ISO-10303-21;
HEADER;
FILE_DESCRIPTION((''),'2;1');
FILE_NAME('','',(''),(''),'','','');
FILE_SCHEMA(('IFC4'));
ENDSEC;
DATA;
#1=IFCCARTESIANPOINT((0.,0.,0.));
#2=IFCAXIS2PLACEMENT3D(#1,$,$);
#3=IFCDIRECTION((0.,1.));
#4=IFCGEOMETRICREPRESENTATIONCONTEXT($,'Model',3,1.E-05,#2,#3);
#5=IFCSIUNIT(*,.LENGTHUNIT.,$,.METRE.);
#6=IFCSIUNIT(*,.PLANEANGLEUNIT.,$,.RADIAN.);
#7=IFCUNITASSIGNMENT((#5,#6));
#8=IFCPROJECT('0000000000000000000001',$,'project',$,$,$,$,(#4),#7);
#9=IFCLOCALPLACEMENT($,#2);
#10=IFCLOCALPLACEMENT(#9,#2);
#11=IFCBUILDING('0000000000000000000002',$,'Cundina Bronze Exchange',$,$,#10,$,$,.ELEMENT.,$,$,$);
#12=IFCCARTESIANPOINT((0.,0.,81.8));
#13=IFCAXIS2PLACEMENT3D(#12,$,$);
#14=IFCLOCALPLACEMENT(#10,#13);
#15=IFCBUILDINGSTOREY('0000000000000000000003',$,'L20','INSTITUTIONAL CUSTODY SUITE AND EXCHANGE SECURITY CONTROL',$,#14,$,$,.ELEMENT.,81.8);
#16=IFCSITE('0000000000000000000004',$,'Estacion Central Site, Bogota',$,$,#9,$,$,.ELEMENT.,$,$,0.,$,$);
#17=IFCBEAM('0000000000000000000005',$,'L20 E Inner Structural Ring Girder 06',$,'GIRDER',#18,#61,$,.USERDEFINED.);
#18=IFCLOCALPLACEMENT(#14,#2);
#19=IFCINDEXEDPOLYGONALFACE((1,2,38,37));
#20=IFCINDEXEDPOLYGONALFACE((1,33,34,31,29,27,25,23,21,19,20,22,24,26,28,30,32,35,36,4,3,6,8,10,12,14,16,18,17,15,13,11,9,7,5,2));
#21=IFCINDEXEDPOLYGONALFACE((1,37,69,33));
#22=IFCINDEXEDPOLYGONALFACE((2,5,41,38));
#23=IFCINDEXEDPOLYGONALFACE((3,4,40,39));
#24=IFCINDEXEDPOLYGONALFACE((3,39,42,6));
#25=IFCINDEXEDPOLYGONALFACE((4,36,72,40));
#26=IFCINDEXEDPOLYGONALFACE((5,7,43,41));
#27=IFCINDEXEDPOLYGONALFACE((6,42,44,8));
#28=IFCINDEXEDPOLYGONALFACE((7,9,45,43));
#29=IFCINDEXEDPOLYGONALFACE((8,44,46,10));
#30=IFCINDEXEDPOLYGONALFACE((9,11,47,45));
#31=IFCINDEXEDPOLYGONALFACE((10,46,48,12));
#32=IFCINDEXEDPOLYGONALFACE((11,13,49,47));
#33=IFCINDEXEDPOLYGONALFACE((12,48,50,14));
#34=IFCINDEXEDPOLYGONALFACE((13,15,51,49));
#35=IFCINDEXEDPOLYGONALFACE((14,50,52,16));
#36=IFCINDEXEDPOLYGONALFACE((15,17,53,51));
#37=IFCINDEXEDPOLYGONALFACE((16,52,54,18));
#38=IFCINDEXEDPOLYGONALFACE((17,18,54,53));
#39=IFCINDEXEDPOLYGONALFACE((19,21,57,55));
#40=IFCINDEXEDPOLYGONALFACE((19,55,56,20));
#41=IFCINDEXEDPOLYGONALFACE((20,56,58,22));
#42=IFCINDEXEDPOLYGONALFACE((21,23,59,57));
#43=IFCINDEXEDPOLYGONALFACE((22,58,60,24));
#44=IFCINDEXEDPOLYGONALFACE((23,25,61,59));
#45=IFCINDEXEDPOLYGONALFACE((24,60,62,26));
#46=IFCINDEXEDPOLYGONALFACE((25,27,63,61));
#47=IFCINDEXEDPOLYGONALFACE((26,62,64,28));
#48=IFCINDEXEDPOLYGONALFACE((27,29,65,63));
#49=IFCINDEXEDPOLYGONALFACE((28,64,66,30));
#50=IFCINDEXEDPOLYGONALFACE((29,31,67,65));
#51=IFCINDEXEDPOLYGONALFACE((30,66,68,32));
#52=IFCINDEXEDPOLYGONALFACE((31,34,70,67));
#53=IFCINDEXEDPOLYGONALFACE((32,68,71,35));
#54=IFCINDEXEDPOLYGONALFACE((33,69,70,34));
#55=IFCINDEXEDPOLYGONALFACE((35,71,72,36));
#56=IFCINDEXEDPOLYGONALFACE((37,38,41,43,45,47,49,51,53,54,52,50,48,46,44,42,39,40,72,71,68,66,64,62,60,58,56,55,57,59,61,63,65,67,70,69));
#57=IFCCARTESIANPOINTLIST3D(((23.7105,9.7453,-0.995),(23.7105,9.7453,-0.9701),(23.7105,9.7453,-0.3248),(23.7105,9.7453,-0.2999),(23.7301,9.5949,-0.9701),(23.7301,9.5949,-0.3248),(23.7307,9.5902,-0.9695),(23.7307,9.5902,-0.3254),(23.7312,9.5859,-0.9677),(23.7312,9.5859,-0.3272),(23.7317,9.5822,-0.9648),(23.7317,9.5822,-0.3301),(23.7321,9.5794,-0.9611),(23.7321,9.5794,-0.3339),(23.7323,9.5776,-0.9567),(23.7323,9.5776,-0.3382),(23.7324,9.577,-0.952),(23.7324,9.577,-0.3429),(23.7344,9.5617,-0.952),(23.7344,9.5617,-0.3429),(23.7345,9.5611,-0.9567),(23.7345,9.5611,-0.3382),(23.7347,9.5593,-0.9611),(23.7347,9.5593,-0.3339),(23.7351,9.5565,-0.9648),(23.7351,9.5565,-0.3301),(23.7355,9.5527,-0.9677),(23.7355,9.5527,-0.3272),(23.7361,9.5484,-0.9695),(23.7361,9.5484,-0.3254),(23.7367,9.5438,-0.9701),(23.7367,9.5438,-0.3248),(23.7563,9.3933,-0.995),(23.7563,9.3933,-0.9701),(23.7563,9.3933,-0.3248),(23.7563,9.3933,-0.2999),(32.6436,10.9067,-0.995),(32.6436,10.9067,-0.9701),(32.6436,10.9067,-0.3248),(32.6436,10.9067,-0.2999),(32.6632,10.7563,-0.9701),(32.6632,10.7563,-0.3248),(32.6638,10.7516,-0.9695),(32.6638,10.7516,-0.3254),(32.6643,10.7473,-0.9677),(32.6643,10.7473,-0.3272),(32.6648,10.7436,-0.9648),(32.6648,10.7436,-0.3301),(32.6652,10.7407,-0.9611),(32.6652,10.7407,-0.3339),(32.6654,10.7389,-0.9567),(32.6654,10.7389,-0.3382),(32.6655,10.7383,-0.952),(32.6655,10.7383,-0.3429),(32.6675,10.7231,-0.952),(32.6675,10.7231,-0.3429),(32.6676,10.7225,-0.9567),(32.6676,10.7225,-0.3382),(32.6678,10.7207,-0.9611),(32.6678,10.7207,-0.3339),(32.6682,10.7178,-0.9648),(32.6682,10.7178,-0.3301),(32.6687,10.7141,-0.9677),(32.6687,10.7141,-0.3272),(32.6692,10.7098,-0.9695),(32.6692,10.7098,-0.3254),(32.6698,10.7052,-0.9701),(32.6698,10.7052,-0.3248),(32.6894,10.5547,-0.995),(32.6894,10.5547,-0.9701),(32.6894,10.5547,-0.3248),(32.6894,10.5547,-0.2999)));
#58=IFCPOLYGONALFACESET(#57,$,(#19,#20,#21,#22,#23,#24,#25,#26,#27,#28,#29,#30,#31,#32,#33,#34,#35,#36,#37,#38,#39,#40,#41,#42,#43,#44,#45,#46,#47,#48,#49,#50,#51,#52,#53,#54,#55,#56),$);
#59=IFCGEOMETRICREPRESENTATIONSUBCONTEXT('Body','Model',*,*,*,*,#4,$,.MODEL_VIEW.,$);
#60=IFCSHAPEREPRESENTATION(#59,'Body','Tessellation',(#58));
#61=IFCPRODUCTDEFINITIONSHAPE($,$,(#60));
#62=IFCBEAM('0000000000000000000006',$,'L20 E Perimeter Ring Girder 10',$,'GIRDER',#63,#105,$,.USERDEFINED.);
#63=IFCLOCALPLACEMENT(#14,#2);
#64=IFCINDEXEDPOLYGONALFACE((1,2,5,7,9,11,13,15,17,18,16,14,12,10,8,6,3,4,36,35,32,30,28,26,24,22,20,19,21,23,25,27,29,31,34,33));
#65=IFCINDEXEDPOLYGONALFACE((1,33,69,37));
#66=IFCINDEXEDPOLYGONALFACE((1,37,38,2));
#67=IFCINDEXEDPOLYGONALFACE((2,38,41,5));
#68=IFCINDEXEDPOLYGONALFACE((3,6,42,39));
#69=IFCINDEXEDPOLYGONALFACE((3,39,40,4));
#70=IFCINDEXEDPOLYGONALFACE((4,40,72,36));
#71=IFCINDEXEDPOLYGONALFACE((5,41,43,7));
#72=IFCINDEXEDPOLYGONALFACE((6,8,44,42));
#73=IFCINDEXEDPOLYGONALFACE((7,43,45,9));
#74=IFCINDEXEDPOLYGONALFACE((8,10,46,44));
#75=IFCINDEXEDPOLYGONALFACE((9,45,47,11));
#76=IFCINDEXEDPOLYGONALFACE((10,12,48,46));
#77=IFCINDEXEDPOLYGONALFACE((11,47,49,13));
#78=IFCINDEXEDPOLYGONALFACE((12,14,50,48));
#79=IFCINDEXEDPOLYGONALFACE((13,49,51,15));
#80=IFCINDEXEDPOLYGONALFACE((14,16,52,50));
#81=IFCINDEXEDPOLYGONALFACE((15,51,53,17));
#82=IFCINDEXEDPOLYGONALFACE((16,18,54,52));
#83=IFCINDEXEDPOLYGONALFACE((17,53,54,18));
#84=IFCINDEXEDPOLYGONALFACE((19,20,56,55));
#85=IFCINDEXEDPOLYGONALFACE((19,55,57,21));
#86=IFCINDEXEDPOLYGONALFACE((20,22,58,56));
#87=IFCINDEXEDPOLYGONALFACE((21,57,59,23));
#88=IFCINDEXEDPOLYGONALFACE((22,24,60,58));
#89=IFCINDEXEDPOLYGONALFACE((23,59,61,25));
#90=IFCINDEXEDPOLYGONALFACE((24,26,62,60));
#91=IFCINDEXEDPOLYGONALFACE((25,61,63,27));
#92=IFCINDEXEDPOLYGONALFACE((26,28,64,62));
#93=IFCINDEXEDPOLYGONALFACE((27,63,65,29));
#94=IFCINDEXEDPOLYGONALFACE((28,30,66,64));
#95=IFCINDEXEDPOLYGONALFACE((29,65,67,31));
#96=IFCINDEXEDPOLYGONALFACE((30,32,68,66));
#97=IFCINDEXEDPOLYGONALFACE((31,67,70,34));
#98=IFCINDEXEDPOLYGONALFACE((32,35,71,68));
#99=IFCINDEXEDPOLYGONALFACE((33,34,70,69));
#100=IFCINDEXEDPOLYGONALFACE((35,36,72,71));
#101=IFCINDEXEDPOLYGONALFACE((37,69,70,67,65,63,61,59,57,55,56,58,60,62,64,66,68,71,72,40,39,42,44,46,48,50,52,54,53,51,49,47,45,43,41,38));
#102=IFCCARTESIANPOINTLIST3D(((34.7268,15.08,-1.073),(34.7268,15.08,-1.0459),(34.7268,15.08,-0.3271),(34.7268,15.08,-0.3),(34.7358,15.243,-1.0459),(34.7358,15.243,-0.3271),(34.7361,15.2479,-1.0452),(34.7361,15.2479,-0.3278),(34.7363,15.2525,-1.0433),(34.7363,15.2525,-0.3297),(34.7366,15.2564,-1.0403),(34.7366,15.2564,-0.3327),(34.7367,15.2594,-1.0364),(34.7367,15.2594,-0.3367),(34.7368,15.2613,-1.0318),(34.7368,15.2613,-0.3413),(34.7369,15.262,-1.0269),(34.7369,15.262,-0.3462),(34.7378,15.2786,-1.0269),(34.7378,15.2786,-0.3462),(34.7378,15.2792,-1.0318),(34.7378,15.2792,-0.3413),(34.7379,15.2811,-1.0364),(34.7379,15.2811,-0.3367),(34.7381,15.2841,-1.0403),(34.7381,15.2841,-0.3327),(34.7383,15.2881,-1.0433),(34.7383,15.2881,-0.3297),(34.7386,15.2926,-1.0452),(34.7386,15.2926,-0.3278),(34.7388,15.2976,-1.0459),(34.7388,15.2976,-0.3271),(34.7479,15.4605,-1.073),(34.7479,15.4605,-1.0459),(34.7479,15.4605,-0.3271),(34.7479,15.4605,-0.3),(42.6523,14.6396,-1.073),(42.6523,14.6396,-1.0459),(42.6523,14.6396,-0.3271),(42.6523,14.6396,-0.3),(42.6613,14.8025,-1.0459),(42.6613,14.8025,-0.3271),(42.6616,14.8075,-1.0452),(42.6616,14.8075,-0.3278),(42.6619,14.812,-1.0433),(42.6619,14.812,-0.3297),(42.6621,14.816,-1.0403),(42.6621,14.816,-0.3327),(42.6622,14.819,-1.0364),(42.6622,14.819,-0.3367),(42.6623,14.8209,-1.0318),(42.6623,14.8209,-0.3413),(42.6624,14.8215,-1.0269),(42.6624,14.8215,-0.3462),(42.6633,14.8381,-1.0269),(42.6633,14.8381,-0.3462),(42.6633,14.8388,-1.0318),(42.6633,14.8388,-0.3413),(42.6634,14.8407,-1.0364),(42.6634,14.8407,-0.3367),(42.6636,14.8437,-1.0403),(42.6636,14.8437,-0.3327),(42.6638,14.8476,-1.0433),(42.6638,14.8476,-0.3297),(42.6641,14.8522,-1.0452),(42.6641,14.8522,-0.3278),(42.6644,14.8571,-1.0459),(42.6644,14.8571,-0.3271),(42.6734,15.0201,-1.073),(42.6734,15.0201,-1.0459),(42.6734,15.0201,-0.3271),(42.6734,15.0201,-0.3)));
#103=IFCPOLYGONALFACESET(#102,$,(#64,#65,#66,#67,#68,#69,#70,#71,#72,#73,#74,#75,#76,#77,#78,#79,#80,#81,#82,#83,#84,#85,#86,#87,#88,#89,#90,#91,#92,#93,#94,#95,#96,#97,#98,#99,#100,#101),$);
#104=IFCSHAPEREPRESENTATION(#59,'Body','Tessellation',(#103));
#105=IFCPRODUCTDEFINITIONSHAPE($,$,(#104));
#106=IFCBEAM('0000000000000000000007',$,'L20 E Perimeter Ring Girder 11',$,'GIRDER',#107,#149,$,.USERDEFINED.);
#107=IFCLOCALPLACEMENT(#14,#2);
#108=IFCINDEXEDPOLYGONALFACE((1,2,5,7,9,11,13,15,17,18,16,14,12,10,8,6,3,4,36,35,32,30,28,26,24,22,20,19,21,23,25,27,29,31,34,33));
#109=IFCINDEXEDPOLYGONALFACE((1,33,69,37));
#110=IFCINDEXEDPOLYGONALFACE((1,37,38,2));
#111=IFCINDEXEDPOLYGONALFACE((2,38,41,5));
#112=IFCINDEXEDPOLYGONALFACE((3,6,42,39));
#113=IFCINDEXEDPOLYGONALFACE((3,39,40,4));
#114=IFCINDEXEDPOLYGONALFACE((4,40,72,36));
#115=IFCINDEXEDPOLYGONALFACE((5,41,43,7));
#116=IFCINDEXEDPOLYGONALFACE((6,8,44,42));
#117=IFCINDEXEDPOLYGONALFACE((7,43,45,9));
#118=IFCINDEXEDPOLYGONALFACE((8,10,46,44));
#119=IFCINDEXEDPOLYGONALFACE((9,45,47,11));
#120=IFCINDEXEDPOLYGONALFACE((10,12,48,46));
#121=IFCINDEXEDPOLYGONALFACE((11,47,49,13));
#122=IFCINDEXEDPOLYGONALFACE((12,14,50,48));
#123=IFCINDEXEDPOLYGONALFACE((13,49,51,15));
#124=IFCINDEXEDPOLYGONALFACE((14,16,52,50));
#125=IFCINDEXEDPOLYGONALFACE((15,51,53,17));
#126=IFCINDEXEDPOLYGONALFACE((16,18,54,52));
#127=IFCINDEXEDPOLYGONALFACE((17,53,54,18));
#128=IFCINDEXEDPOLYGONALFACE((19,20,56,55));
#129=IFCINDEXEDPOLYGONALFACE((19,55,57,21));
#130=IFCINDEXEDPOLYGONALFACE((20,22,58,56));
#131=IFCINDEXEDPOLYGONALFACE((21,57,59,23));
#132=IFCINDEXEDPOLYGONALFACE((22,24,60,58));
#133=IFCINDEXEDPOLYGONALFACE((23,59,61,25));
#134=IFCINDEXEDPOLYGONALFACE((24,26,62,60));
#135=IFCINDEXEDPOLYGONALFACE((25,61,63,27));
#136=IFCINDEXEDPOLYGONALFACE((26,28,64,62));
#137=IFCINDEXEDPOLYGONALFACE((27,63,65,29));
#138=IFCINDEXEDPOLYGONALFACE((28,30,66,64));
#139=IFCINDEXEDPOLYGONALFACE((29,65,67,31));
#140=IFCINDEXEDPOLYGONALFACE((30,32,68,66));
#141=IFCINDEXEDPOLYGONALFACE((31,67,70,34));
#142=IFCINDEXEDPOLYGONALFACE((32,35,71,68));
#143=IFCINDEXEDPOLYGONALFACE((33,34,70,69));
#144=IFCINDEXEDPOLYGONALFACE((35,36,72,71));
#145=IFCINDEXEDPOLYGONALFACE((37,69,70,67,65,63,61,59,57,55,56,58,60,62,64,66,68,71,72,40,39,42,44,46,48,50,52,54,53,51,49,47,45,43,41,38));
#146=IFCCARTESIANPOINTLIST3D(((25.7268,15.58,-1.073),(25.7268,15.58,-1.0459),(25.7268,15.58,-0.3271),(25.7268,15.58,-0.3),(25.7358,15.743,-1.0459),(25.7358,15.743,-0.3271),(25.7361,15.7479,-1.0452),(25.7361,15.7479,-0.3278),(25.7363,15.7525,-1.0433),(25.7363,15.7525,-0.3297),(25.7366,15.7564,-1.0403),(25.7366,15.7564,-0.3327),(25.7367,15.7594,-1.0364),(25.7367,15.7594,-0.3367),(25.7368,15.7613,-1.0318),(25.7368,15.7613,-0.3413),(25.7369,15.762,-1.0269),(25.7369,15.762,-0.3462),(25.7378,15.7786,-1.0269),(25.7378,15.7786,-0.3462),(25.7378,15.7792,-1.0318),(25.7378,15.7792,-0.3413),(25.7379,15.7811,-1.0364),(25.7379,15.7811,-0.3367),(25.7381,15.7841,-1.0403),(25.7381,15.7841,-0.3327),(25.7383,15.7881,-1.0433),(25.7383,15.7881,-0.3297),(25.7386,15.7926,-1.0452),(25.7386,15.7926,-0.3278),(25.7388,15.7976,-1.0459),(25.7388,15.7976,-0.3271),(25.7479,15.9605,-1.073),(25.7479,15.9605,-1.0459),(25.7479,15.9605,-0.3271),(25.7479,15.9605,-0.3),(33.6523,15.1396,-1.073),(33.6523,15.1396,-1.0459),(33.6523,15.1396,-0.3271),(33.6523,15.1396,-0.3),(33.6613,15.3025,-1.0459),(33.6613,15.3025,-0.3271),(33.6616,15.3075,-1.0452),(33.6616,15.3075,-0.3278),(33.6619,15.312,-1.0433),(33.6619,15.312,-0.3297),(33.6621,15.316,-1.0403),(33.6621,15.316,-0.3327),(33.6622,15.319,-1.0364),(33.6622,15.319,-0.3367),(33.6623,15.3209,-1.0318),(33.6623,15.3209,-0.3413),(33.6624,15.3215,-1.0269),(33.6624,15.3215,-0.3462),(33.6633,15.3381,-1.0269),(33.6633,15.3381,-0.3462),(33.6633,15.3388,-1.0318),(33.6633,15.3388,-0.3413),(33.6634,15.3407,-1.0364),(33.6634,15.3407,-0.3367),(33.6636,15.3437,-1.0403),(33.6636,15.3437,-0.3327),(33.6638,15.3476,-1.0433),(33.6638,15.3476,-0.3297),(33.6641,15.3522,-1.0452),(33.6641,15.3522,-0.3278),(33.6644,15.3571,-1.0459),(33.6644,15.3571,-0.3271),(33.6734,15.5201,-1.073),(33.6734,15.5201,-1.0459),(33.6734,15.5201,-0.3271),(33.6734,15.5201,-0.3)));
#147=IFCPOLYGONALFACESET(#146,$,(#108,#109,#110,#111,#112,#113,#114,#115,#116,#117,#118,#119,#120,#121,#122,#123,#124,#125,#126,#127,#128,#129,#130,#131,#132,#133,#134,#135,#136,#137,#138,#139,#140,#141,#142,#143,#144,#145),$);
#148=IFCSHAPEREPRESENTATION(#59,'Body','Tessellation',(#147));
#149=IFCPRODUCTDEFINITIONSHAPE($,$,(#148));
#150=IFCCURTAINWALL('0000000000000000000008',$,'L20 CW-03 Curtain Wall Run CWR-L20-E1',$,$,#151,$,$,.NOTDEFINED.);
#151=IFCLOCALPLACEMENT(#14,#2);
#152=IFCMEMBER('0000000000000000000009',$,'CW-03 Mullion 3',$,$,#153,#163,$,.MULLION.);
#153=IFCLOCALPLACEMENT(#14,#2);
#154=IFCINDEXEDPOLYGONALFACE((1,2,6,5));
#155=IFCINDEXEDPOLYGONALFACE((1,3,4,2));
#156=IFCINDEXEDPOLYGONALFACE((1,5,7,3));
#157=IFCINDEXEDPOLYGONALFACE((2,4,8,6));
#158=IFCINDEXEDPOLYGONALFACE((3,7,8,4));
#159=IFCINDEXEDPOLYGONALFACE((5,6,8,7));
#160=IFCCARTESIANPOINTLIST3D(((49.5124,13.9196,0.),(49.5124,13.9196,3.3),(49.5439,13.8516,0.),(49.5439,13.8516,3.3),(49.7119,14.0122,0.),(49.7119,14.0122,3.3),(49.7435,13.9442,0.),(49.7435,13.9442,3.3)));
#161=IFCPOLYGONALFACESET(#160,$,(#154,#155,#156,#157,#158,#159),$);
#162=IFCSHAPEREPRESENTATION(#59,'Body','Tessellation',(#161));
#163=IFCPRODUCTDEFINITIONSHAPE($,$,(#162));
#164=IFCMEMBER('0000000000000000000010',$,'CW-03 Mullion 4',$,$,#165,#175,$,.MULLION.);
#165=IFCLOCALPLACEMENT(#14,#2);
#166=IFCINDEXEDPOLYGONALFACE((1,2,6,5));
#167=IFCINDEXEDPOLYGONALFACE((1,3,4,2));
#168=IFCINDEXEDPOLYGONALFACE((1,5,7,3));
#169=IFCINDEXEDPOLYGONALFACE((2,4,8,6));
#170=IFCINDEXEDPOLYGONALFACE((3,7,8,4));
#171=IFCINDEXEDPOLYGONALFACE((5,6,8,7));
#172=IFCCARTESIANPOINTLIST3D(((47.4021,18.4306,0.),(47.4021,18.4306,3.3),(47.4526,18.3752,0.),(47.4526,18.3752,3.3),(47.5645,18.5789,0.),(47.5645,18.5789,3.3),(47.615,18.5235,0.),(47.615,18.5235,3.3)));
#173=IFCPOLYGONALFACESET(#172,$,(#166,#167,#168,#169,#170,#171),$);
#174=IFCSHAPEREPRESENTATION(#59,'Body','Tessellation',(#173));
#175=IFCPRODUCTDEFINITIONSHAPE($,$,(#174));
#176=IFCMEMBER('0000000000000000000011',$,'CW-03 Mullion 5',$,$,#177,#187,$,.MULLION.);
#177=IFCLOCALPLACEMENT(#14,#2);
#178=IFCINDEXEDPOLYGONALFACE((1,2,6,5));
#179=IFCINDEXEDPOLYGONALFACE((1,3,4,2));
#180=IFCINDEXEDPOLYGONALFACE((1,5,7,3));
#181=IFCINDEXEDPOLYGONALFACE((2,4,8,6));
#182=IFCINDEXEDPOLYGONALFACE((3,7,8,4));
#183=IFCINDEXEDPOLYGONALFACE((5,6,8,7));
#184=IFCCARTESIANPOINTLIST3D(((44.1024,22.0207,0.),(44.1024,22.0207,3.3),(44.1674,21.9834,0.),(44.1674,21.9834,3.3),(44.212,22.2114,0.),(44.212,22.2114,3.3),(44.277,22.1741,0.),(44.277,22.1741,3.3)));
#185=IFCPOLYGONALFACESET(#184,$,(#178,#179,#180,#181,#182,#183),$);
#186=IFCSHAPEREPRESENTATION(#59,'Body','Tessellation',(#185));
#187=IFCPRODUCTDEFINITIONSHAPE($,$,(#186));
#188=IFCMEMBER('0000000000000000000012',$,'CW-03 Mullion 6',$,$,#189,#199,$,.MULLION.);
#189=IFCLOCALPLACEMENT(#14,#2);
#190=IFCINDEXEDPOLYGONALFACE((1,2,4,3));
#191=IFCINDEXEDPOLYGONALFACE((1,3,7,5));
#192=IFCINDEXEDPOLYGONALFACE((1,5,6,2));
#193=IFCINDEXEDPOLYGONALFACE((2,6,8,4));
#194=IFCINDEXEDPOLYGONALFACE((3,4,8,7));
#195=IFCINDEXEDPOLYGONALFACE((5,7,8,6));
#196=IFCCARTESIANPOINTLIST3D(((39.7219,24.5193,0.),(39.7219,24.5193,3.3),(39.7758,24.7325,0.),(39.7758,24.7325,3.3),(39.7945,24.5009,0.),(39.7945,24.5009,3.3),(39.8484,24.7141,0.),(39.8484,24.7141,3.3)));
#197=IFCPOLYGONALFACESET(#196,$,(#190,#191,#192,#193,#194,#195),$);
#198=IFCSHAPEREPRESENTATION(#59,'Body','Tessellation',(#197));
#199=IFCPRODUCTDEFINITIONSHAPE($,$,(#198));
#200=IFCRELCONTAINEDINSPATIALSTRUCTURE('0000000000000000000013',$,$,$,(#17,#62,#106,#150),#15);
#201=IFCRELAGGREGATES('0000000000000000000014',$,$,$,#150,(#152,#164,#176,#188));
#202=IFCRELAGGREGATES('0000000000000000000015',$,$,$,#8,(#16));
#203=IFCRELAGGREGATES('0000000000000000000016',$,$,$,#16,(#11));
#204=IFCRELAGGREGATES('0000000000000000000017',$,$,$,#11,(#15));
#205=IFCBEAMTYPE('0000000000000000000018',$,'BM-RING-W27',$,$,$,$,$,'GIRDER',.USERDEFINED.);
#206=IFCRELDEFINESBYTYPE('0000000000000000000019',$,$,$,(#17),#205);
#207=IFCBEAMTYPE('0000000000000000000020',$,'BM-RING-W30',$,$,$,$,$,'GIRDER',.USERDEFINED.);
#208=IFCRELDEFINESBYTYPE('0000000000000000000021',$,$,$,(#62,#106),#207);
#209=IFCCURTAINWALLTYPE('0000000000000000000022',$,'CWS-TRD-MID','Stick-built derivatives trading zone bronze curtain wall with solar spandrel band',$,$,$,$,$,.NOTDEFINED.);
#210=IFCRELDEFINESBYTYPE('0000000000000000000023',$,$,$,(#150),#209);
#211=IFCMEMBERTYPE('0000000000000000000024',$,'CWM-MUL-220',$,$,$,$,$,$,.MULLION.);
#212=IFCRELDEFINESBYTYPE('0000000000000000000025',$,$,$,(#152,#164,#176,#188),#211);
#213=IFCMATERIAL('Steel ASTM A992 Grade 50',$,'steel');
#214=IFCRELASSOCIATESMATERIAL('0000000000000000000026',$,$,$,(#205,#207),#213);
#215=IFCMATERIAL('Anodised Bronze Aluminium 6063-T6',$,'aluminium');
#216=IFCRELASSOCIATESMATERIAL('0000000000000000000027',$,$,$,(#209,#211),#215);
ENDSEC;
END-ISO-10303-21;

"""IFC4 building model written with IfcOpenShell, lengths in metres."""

from ifc_helpers import new_model, si_unit, direction, frame, origin, origin_2d, place, context, subcontext, project, spatial, rectangle, i_section, extrude, material, material_profile, profile_set, type_object, element, aggregate, save


model = new_model("IFC4")

# Units and contexts
model_context = context("Model", 3, precision=1e-05, world=origin(), true_north=direction((0.0, 1.0)))
body_context = subcontext(model_context, "Body", "Model", "MODEL_VIEW")
ifc_project = project(units=[si_unit("LENGTHUNIT", "METRE"), si_unit("PLANEANGLEUNIT", "RADIAN")], contexts=[model_context])

# Site, building, storey
site_placement = place(None, origin())
site = spatial("IfcSite", under=ifc_project, at=site_placement, Name="Estacion Central Site, Bogota", CompositionType="ELEMENT", RefElevation=0.0)
building_placement = place(site_placement, origin())
building = spatial("IfcBuilding", under=site, at=building_placement, Name="Cundina Bronze Exchange", CompositionType="ELEMENT")
storey_placement = place(building_placement, frame((0.0, 0.0, 81.8)))
storey = spatial("IfcBuildingStorey", under=building, at=storey_placement, Name="L20", Description="INSTITUTIONAL CUSTODY SUITE AND EXCHANGE SECURITY CONTROL", CompositionType="ELEMENT", Elevation=81.8)

# Beams
ifc_material_1 = material(Name="Steel ASTM A992 Grade 50", Category="steel")
ifc_material_profile_1 = material_profile(ifc_material_1, i_section(OverallWidth=0.355, OverallDepth=0.6951, WebThickness=0.0154, FlangeThickness=0.0249, FilletRadius=0.0181, at=origin_2d()), Name="W27X146", Category="steel")
ifc_profile_set_1 = profile_set([ifc_material_profile_1], Name="Steel ASTM A992 Grade 50")
beam_type_1 = type_object("IfcBeamType", Name="BM-RING-W27", ElementType="GIRDER", PredefinedType="USERDEFINED", material=ifc_profile_set_1)
beam_1_placement = place(storey_placement, frame((32.6665, 10.7307, -0.6475), z_axis=(-0.991655, -0.128923, 0.0), x_axis=(0.128923, -0.991655, 0.0)))
element("IfcBeam", 1, at=beam_1_placement, inside=storey, type_object=beam_type_1, Name="L20 E Inner Structural Ring Girder 06", ObjectType="GIRDER", PredefinedType="USERDEFINED", context=body_context, shape_type="SweptSolid", body=[
    extrude(i_section(OverallWidth=0.355, OverallDepth=0.6951, WebThickness=0.0154, FlangeThickness=0.0249, FilletRadius=0.0181, at=origin_2d()), origin(), (0.0, 0.0, 1.0), 9.0083),
])
ifc_material_profile_2 = material_profile(ifc_material_1, i_section(OverallWidth=0.3811, OverallDepth=0.7729, WebThickness=0.0166, FlangeThickness=0.0271, FilletRadius=0.019, at=origin_2d()), Name="W30X173", Category="steel")
ifc_profile_set_2 = profile_set([ifc_material_profile_2], Name="Steel ASTM A992 Grade 50")
beam_type_2 = type_object("IfcBeamType", Name="BM-RING-W30", ElementType="GIRDER", PredefinedType="USERDEFINED", material=ifc_profile_set_2)
for number, where, z_axis, x_axis, name in (
    (2, (42.6628, 14.8298, -0.6865), (-0.99846, 0.055485, 0.0), (-0.055485, -0.99846, 0.0), "L20 E Perimeter Ring Girder 10"),
    (3, (33.6628, 15.3298, -0.6865), (-0.99846, 0.055485, 0.0), (-0.055485, -0.99846, 0.0), "L20 E Perimeter Ring Girder 11"),
):
    element("IfcBeam", number, at=place(storey_placement, frame(where, z_axis=z_axis, x_axis=x_axis)), inside=storey, type_object=beam_type_2, Name=name, ObjectType="GIRDER", PredefinedType="USERDEFINED", context=body_context, shape_type="SweptSolid", body=[
        extrude(i_section(OverallWidth=0.3811, OverallDepth=0.7729, WebThickness=0.0166, FlangeThickness=0.0271, FilletRadius=0.019, at=origin_2d()), origin(), (0.0, 0.0, 1.0), 7.9377),
    ])

# Curtain wall, members
ifc_material_2 = material(Name="Anodised Bronze Aluminium 6063-T6", Category="aluminium")
curtain_wall_type = type_object("IfcCurtainWallType", Name="CWS-TRD-MID", Description="Stick-built derivatives trading zone bronze curtain wall with solar spandrel band", PredefinedType="NOTDEFINED", material=ifc_material_2)
curtain_wall_placement = place(storey_placement, origin())
curtain_wall = element("IfcCurtainWall", 4, at=curtain_wall_placement, inside=storey, type_object=curtain_wall_type, Name="L20 CW-03 Curtain Wall Run CWR-L20-E1", PredefinedType="NOTDEFINED")
ifc_material_profile_3 = material_profile(ifc_material_2, rectangle(XDim=0.075, YDim=0.22, at=origin_2d()), Name="AL75X220", Category="aluminium")
ifc_profile_set_3 = profile_set([ifc_material_profile_3], Name="Anodised Bronze Aluminium 6063-T6")
member_type_1 = type_object("IfcMemberType", Name="CWM-MUL-220", PredefinedType="MULLION", material=ifc_profile_set_3)
member_1_placement = place(storey_placement, frame((49.6279, 13.9319, 0.0), z_axis=(0.0, 0.0, 1.0), x_axis=(-0.420877, 0.907117, 0.0)))
member_1 = element("IfcMember", 5, at=member_1_placement, type_object=member_type_1, Name="CW-03 Mullion 3", PredefinedType="MULLION", context=body_context, shape_type="SweptSolid", body=[
    extrude(rectangle(XDim=0.075, YDim=0.22, at=origin_2d()), origin(), (0.0, 0.0, 1.0), 3.3),
])
member_2_placement = place(storey_placement, frame((47.5085, 18.4771, 0.0), z_axis=(0.0, 0.0, 1.0), x_axis=(-0.674302, 0.738455, 0.0)))
member_2 = element("IfcMember", 6, at=member_2_placement, type_object=member_type_1, Name="CW-03 Mullion 4", PredefinedType="MULLION", context=body_context, shape_type="SweptSolid", body=[
    extrude(rectangle(XDim=0.075, YDim=0.22, at=origin_2d()), origin(), (0.0, 0.0, 1.0), 3.3),
])
member_3_placement = place(storey_placement, frame((44.1897, 22.0974, 0.0), z_axis=(0.0, 0.0, 1.0), x_axis=(-0.867071, 0.498185, 0.0)))
member_3 = element("IfcMember", 7, at=member_3_placement, type_object=member_type_1, Name="CW-03 Mullion 5", PredefinedType="MULLION", context=body_context, shape_type="SweptSolid", body=[
    extrude(rectangle(XDim=0.075, YDim=0.22, at=origin_2d()), origin(), (0.0, 0.0, 1.0), 3.3),
])
member_4_placement = place(storey_placement, frame((39.7852, 24.6167, 0.0), z_axis=(0.0, 0.0, 1.0), x_axis=(-0.969488, 0.245138, 0.0)))
member_4 = element("IfcMember", 8, at=member_4_placement, type_object=member_type_1, Name="CW-03 Mullion 6", PredefinedType="MULLION", context=body_context, shape_type="SweptSolid", body=[
    extrude(rectangle(XDim=0.075, YDim=0.22, at=origin_2d()), origin(), (0.0, 0.0, 1.0), 3.3),
])
aggregate(curtain_wall, [member_1, member_2, member_3, member_4])

save(model, "model.ifc")
